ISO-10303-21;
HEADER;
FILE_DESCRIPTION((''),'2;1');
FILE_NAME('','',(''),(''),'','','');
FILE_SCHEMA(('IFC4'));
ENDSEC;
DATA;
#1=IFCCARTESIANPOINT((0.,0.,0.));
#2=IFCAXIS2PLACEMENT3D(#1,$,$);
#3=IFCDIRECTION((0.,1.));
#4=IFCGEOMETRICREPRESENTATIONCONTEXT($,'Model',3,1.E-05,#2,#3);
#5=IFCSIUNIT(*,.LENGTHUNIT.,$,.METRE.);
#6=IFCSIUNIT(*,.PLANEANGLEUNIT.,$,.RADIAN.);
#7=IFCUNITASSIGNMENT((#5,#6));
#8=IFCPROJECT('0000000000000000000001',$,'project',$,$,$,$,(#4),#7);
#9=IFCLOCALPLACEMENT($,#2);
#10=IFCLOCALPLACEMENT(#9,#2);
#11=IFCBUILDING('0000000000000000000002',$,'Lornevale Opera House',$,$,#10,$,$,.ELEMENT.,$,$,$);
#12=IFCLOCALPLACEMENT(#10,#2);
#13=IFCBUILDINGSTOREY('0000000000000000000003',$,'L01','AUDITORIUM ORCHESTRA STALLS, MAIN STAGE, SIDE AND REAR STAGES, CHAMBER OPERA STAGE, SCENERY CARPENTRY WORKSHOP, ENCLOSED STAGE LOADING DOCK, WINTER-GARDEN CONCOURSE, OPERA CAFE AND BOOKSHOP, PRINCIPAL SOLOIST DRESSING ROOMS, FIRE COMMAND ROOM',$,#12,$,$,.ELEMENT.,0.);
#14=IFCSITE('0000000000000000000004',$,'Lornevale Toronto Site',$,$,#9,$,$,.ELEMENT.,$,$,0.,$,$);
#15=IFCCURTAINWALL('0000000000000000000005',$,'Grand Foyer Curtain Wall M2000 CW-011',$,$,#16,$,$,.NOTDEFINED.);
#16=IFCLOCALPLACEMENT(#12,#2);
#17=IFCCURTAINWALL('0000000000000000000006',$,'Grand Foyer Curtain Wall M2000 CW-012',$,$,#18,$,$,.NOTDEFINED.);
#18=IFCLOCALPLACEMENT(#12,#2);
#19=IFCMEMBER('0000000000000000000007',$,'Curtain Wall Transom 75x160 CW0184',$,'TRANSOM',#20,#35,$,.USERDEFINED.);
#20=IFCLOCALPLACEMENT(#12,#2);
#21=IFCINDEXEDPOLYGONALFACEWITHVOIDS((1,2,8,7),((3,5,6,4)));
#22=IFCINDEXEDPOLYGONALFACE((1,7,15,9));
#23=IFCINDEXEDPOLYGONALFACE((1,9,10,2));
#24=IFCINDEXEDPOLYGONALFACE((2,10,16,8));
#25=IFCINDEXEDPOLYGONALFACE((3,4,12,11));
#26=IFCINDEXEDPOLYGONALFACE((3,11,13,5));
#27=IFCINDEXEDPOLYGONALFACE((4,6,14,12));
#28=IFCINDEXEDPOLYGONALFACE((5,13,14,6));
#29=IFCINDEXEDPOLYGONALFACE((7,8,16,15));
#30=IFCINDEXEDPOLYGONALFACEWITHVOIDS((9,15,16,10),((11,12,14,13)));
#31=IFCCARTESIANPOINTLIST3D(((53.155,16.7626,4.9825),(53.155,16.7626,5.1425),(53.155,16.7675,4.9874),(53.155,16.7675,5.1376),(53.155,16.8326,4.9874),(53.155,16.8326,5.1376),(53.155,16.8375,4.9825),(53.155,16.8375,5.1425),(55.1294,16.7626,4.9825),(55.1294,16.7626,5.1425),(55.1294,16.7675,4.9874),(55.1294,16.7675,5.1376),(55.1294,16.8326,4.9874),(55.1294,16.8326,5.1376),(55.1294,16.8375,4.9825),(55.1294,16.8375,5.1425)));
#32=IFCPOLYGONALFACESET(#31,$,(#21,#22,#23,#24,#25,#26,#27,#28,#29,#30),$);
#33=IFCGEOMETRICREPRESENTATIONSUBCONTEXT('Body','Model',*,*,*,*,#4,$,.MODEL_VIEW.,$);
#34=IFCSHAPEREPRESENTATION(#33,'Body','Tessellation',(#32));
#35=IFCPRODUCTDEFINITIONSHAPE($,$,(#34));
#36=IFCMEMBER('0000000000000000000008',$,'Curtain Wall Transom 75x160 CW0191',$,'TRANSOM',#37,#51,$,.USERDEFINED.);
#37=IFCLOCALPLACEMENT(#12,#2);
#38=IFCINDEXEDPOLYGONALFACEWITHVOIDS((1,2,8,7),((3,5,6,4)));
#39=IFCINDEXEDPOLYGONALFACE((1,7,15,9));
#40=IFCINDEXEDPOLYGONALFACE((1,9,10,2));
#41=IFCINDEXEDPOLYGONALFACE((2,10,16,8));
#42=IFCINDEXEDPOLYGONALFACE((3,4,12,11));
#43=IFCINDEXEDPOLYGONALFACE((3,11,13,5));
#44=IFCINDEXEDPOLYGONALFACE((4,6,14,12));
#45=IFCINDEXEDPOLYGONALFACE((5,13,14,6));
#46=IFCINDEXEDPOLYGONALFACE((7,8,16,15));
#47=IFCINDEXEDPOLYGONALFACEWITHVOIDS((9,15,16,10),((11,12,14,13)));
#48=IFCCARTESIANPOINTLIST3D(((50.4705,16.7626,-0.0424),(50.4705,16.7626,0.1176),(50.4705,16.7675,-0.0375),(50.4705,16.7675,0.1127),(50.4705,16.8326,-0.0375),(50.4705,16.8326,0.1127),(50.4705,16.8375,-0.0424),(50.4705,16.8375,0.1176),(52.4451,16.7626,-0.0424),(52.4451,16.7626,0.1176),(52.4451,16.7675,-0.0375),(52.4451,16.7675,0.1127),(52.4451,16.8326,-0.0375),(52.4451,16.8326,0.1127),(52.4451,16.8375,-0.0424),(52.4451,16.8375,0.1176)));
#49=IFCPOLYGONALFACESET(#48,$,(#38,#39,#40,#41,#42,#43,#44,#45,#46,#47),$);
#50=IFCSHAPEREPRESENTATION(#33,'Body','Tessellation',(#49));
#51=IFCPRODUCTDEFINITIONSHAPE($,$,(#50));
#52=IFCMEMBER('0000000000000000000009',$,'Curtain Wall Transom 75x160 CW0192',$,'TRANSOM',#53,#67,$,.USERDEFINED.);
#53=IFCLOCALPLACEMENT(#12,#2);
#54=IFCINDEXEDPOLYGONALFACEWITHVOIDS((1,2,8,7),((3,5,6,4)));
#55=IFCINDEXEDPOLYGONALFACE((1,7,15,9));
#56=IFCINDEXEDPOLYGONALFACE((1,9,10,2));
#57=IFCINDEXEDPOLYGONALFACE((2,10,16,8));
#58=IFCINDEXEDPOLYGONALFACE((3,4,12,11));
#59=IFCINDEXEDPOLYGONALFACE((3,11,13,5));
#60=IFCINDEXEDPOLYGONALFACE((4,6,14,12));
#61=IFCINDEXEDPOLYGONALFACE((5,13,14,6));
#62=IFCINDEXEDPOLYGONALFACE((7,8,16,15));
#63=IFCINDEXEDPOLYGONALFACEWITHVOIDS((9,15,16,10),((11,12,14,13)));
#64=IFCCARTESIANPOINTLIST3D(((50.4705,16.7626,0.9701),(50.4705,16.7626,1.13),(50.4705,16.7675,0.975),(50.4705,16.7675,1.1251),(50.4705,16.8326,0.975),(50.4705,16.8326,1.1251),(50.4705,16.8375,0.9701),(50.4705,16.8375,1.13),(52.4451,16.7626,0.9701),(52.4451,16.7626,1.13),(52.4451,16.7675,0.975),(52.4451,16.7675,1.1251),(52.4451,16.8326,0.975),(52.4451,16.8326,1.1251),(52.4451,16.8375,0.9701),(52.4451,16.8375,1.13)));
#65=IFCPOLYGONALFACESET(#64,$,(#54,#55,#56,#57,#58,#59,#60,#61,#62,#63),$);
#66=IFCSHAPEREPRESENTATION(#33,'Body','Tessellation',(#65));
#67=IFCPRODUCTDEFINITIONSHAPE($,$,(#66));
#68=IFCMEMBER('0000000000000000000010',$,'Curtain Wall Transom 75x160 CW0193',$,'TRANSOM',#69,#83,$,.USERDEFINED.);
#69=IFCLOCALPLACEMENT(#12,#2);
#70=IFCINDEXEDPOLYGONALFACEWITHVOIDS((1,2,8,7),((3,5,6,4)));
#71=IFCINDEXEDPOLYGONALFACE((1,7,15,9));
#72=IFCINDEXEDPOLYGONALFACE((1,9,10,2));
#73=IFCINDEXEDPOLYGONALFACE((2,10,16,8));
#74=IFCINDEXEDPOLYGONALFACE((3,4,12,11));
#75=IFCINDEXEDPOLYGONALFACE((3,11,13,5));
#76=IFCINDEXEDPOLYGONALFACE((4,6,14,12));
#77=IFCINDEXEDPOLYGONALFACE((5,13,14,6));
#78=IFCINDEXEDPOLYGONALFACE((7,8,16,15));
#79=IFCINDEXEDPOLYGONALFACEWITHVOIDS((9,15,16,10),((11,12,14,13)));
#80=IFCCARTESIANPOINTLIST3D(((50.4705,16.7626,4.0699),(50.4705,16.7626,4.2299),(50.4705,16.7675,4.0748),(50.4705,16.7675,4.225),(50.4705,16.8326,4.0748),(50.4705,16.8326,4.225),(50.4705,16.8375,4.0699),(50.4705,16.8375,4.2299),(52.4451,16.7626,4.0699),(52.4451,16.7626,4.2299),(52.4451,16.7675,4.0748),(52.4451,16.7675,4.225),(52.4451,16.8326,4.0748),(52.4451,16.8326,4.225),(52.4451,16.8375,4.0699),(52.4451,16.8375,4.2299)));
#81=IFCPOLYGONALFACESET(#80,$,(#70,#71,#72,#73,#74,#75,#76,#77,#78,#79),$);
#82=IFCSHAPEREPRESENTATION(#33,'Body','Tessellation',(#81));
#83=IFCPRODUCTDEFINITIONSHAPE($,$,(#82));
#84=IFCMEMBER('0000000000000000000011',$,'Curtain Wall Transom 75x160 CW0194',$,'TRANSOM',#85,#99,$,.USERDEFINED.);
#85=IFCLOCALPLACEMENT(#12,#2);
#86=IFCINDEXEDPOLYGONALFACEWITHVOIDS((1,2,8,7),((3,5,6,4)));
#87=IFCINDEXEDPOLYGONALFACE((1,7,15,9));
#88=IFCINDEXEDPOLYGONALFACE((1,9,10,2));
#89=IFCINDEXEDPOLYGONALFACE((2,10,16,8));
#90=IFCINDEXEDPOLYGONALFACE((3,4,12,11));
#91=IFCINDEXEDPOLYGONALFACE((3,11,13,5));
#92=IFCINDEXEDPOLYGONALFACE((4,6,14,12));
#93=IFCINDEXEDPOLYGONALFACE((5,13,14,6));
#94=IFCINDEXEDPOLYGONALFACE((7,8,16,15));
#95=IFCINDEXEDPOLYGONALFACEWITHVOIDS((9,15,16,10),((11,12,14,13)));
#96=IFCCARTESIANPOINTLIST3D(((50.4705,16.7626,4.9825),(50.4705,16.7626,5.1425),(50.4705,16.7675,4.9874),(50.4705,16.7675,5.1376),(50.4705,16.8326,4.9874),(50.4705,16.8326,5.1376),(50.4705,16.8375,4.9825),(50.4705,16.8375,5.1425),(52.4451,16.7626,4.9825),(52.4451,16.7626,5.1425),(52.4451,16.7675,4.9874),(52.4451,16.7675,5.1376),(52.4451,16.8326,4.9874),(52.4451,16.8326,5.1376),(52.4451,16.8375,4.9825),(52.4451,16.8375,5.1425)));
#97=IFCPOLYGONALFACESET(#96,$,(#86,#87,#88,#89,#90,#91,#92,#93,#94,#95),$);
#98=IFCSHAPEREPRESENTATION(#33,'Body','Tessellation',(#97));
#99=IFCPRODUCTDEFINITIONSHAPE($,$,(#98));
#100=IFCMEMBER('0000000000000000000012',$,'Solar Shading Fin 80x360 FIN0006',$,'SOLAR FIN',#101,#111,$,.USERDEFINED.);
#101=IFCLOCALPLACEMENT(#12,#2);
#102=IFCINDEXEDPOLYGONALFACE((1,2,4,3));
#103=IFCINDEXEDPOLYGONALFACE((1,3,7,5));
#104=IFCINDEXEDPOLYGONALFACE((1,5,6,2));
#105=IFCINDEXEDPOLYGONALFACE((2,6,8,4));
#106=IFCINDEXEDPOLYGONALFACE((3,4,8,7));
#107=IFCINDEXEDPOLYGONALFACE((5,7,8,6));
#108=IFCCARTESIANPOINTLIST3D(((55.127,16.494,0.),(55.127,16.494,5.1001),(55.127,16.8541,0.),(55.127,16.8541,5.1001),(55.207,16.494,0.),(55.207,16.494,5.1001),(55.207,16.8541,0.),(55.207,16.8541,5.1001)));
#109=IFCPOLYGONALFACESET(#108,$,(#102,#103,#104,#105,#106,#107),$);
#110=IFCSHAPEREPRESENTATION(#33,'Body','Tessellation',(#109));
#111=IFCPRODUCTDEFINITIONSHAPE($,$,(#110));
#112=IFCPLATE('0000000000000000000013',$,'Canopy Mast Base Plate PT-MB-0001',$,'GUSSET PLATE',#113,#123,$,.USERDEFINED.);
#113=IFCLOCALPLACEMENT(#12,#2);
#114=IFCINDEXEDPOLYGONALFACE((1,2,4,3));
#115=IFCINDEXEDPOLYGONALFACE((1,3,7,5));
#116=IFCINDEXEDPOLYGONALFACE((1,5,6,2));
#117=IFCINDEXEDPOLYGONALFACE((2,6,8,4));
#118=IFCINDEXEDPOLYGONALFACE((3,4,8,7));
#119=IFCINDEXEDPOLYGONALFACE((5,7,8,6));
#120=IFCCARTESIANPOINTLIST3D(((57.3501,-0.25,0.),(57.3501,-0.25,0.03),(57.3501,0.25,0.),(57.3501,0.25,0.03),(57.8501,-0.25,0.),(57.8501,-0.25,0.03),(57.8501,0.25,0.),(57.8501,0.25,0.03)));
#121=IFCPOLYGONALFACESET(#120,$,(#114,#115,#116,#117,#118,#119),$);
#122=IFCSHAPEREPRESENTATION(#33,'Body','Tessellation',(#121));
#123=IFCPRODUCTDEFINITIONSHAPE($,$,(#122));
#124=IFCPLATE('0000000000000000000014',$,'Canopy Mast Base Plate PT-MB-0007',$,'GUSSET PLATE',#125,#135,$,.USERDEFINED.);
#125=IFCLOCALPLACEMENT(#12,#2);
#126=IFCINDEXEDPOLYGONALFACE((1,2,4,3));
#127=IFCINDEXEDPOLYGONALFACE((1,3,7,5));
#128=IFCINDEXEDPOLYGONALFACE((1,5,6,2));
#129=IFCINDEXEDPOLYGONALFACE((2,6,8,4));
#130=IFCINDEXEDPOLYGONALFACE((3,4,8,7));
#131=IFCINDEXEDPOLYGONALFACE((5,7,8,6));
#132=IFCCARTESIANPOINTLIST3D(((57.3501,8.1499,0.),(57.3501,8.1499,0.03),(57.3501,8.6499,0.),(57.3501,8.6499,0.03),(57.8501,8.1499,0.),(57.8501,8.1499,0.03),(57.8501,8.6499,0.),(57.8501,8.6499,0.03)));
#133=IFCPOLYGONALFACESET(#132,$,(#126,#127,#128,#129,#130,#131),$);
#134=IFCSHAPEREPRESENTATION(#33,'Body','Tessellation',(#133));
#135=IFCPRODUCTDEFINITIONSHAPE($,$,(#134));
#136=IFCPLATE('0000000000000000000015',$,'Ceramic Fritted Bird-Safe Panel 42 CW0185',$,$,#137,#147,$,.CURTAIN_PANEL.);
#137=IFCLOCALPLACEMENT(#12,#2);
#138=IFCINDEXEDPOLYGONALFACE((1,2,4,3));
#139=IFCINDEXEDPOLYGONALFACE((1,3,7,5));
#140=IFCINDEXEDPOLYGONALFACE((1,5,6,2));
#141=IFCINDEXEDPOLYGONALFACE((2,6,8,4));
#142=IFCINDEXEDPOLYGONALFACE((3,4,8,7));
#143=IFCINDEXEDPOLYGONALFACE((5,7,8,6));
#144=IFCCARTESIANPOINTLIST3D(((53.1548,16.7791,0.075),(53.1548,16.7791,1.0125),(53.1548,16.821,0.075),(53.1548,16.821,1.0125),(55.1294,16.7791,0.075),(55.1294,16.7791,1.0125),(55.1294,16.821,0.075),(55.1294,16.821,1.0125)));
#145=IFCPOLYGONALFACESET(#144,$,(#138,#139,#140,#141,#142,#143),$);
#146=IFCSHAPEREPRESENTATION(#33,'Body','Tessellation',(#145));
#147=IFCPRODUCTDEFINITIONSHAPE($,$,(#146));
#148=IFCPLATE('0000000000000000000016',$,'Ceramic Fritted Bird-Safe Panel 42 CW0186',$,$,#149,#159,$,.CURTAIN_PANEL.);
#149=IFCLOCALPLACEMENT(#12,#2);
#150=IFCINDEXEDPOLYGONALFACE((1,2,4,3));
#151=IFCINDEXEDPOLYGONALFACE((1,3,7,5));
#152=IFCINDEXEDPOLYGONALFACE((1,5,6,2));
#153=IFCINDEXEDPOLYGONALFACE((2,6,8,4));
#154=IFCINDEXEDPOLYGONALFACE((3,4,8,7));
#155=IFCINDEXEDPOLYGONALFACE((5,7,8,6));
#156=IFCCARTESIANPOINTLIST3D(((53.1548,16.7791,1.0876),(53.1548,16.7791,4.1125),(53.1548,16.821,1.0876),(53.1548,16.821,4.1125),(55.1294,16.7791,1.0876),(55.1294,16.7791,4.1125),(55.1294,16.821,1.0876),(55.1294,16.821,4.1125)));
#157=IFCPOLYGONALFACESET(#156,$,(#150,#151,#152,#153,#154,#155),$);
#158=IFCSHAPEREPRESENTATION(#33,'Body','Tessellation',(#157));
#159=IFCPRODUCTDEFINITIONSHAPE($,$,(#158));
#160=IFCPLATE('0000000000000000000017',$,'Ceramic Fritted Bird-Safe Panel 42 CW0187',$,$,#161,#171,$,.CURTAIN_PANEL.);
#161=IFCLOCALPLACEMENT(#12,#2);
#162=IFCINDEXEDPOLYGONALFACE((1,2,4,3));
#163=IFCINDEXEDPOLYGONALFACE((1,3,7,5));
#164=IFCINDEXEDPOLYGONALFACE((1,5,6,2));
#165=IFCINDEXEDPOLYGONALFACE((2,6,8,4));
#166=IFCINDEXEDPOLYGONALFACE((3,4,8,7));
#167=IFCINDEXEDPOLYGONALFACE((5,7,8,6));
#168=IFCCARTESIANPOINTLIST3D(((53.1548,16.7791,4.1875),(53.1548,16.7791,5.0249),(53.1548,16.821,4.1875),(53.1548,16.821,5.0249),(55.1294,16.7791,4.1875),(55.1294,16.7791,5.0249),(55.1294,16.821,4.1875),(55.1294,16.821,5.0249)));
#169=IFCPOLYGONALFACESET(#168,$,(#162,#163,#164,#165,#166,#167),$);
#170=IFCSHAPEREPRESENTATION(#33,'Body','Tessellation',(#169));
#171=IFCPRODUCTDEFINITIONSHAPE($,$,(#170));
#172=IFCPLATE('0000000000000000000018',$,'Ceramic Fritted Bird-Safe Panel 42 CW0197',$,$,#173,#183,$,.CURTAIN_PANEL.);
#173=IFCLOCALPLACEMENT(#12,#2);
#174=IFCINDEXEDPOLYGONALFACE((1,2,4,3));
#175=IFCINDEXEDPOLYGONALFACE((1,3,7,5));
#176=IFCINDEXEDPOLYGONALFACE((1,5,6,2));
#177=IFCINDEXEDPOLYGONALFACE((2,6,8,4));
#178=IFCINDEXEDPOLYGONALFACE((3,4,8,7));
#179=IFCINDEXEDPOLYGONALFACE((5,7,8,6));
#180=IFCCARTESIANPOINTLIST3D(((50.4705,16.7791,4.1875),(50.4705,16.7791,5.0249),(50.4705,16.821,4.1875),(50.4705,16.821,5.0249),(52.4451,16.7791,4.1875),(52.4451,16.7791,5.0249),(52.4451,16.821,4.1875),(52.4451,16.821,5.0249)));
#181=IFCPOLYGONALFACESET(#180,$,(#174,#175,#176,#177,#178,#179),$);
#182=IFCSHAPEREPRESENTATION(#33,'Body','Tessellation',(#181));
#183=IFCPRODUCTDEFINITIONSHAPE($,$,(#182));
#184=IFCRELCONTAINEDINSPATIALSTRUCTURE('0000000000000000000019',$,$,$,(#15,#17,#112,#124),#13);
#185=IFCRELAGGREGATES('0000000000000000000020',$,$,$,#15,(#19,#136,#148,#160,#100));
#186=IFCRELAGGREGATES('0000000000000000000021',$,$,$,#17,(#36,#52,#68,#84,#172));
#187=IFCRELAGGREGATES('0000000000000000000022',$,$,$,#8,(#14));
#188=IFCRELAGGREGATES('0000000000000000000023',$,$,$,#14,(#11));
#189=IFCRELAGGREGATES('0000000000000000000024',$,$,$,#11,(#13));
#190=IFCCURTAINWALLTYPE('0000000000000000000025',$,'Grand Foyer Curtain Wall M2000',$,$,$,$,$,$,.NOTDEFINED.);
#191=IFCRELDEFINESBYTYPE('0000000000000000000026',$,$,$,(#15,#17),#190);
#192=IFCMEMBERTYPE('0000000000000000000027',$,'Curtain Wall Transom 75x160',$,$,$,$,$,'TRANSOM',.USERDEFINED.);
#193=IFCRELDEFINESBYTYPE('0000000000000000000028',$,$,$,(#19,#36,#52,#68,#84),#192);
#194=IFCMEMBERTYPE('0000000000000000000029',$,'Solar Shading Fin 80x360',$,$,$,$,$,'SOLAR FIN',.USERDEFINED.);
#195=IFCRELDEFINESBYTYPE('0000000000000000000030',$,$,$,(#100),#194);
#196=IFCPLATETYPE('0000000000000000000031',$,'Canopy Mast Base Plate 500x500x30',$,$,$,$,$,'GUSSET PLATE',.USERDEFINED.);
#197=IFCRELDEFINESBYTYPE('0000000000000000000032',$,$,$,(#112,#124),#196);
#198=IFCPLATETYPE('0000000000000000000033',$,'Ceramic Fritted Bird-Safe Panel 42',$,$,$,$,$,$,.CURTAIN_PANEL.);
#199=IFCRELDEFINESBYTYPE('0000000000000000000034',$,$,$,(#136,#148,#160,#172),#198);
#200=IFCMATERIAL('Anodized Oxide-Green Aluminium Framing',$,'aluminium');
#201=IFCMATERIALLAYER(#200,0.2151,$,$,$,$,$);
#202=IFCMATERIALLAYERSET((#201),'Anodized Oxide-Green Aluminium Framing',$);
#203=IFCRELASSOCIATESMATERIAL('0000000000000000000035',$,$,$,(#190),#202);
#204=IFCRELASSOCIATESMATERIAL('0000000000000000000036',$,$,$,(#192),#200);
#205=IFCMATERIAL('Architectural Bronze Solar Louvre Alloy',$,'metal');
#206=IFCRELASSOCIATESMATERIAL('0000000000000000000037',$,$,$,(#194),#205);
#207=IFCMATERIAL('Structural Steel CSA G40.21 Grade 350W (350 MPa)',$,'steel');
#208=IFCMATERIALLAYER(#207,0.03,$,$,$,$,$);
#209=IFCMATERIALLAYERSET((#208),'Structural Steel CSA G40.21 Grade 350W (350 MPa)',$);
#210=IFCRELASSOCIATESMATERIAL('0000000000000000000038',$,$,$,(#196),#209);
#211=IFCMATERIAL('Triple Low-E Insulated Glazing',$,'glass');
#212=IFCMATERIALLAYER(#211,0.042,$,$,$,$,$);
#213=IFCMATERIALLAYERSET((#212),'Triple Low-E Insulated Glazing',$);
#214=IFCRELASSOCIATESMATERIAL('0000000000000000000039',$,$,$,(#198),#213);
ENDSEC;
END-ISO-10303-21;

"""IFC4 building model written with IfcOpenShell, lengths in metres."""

from ifc_helpers import new_model, si_unit, direction, frame, origin, origin_2d, place, context, subcontext, project, spatial, rectangle, hollow_rectangle, extrude, material, layer, layer_set, material_profile, profile_set, type_object, element, aggregate, save


model = new_model("IFC4")

# Units and contexts
model_context = context("Model", 3, precision=1e-05, world=origin(), true_north=direction((0.0, 1.0)))
body_context = subcontext(model_context, "Body", "Model", "MODEL_VIEW")
ifc_project = project(units=[si_unit("LENGTHUNIT", "METRE"), si_unit("PLANEANGLEUNIT", "RADIAN")], contexts=[model_context])

# Site, building, storey
site_placement = place(None, origin())
site = spatial("IfcSite", under=ifc_project, at=site_placement, Name="Lornevale Toronto Site", CompositionType="ELEMENT", RefElevation=0.0)
building_placement = place(site_placement, origin())
building = spatial("IfcBuilding", under=site, at=building_placement, Name="Lornevale Opera House", CompositionType="ELEMENT")
storey_placement = place(building_placement, origin())
storey = spatial("IfcBuildingStorey", under=building, at=storey_placement, Name="L01", Description="AUDITORIUM ORCHESTRA STALLS, MAIN STAGE, SIDE AND REAR STAGES, CHAMBER OPERA STAGE, SCENERY CARPENTRY WORKSHOP, ENCLOSED STAGE LOADING DOCK, WINTER-GARDEN CONCOURSE, OPERA CAFE AND BOOKSHOP, PRINCIPAL SOLOIST DRESSING ROOMS, FIRE COMMAND ROOM", CompositionType="ELEMENT", Elevation=0.0)

# Shared definitions
ifc_material_1 = material(Name="Structural Steel CSA G40.21 Grade 350W (350 MPa)", Category="steel")

# Curtain walls
ifc_material_2 = material(Name="Anodized Oxide-Green Aluminium Framing", Category="aluminium")
ifc_layer_1 = layer(ifc_material_2, 0.2151)
ifc_layer_set_1 = layer_set([ifc_layer_1], Name="Anodized Oxide-Green Aluminium Framing")
curtain_wall_type = type_object("IfcCurtainWallType", Name="Grand Foyer Curtain Wall M2000", PredefinedType="NOTDEFINED", material=ifc_layer_set_1)
curtain_wall_1_placement = place(storey_placement, origin())
curtain_wall_1 = element("IfcCurtainWall", 1, at=curtain_wall_1_placement, inside=storey, type_object=curtain_wall_type, Name="Grand Foyer Curtain Wall M2000 CW-011", PredefinedType="NOTDEFINED")
curtain_wall_2_placement = place(storey_placement, origin())
curtain_wall_2 = element("IfcCurtainWall", 2, at=curtain_wall_2_placement, inside=storey, type_object=curtain_wall_type, Name="Grand Foyer Curtain Wall M2000 CW-012", PredefinedType="NOTDEFINED")

# Members
ifc_material_profile_1 = material_profile(ifc_material_2, hollow_rectangle(XDim=0.075, YDim=0.1599, WallThickness=0.0049, at=origin_2d()), Name="ALU75x160x5")
ifc_profile_set_1 = profile_set([ifc_material_profile_1], Name="Anodized Oxide-Green Aluminium Framing")
member_type_1 = type_object("IfcMemberType", Name="Curtain Wall Transom 75x160", ElementType="TRANSOM", PredefinedType="USERDEFINED", material=ifc_profile_set_1)
member_1_placement = place(storey_placement, frame((55.1294, 16.8, 5.0625), z_axis=(-1.0, 0.0, 0.0), x_axis=(0.0, -1.0, 0.0)))
member_1 = element("IfcMember", 3, at=member_1_placement, type_object=member_type_1, Name="Curtain Wall Transom 75x160 CW0184", ObjectType="TRANSOM", PredefinedType="USERDEFINED", context=body_context, shape_type="SweptSolid", body=[
    extrude(hollow_rectangle(XDim=0.075, YDim=0.1599, WallThickness=0.0049, at=origin_2d()), origin(), (0.0, 0.0, 1.0), 1.9744),
])
member_2_placement = place(storey_placement, frame((52.4451, 16.8, 0.0376), z_axis=(-1.0, 0.0, 0.0), x_axis=(0.0, -1.0, 0.0)))
member_2 = element("IfcMember", 4, at=member_2_placement, type_object=member_type_1, Name="Curtain Wall Transom 75x160 CW0191", ObjectType="TRANSOM", PredefinedType="USERDEFINED", context=body_context, shape_type="SweptSolid", body=[
    extrude(hollow_rectangle(XDim=0.075, YDim=0.1599, WallThickness=0.0049, at=origin_2d()), origin(), (0.0, 0.0, 1.0), 1.9746),
])
member_3_placement = place(storey_placement, frame((52.4451, 16.8, 1.05), z_axis=(-1.0, 0.0, 0.0), x_axis=(0.0, -1.0, 0.0)))
member_3 = element("IfcMember", 5, at=member_3_placement, type_object=member_type_1, Name="Curtain Wall Transom 75x160 CW0192", ObjectType="TRANSOM", PredefinedType="USERDEFINED", context=body_context, shape_type="SweptSolid", body=[
    extrude(hollow_rectangle(XDim=0.075, YDim=0.1599, WallThickness=0.0049, at=origin_2d()), origin(), (0.0, 0.0, 1.0), 1.9746),
])
member_4_placement = place(storey_placement, frame((52.4451, 16.8, 4.1499), z_axis=(-1.0, 0.0, 0.0), x_axis=(0.0, -1.0, 0.0)))
member_4 = element("IfcMember", 6, at=member_4_placement, type_object=member_type_1, Name="Curtain Wall Transom 75x160 CW0193", ObjectType="TRANSOM", PredefinedType="USERDEFINED", context=body_context, shape_type="SweptSolid", body=[
    extrude(hollow_rectangle(XDim=0.075, YDim=0.1599, WallThickness=0.0049, at=origin_2d()), origin(), (0.0, 0.0, 1.0), 1.9746),
])
member_5_placement = place(storey_placement, frame((52.4451, 16.8, 5.0625), z_axis=(-1.0, 0.0, 0.0), x_axis=(0.0, -1.0, 0.0)))
member_5 = element("IfcMember", 7, at=member_5_placement, type_object=member_type_1, Name="Curtain Wall Transom 75x160 CW0194", ObjectType="TRANSOM", PredefinedType="USERDEFINED", context=body_context, shape_type="SweptSolid", body=[
    extrude(hollow_rectangle(XDim=0.075, YDim=0.1599, WallThickness=0.0049, at=origin_2d()), origin(), (0.0, 0.0, 1.0), 1.9746),
])
ifc_material_3 = material(Name="Architectural Bronze Solar Louvre Alloy", Category="metal")
ifc_material_profile_2 = material_profile(ifc_material_3, rectangle(XDim=0.0801, YDim=0.3601, at=origin_2d()), Name="FIN80x360")
ifc_profile_set_2 = profile_set([ifc_material_profile_2], Name="Architectural Bronze Solar Louvre Alloy")
member_type_2 = type_object("IfcMemberType", Name="Solar Shading Fin 80x360", ElementType="SOLAR FIN", PredefinedType="USERDEFINED", material=ifc_profile_set_2)
member_6_placement = place(storey_placement, frame((55.167, 16.6741, 0.0), z_axis=(0.0, 0.0, 1.0), x_axis=(-1.0, 0.0, 0.0)))
member_6 = element("IfcMember", 8, at=member_6_placement, type_object=member_type_2, Name="Solar Shading Fin 80x360 FIN0006", ObjectType="SOLAR FIN", PredefinedType="USERDEFINED", context=body_context, shape_type="SweptSolid", body=[
    extrude(rectangle(XDim=0.0801, YDim=0.3601, at=origin_2d()), origin(), (0.0, 0.0, 1.0), 5.1001),
])

# Plates
ifc_layer_2 = layer(ifc_material_1, 0.03)
ifc_layer_set_2 = layer_set([ifc_layer_2], Name="Structural Steel CSA G40.21 Grade 350W (350 MPa)")
plate_type_1 = type_object("IfcPlateType", Name="Canopy Mast Base Plate 500x500x30", ElementType="GUSSET PLATE", PredefinedType="USERDEFINED", material=ifc_layer_set_2)
for number, where, z_axis, x_axis, name in (
    (9, (57.6001, 0.0, 0.0), (0.0, 0.0, 1.0), (1.0, 0.0, 0.0), "Canopy Mast Base Plate PT-MB-0001"),
    (10, (57.6001, 8.3999, 0.0), (0.0, 0.0, 1.0), (1.0, 0.0, 0.0), "Canopy Mast Base Plate PT-MB-0007"),
):
    element("IfcPlate", number, at=place(storey_placement, frame(where, z_axis=z_axis, x_axis=x_axis)), inside=storey, type_object=plate_type_1, Name=name, ObjectType="GUSSET PLATE", PredefinedType="USERDEFINED", context=body_context, shape_type="SweptSolid", body=[
        extrude(rectangle(XDim=0.5, YDim=0.5, at=origin_2d()), origin(), (0.0, 0.0, 1.0), 0.03),
    ])

# Plates
ifc_material_4 = material(Name="Triple Low-E Insulated Glazing", Category="glass")
ifc_layer_3 = layer(ifc_material_4, 0.042)
ifc_layer_set_3 = layer_set([ifc_layer_3], Name="Triple Low-E Insulated Glazing")
plate_type_2 = type_object("IfcPlateType", Name="Ceramic Fritted Bird-Safe Panel 42", PredefinedType="CURTAIN_PANEL", material=ifc_layer_set_3)
plate_1_placement = place(storey_placement, frame((54.1421, 16.8, 0.075), z_axis=(0.0, 0.0, 1.0), x_axis=(-1.0, 0.0, 0.0)))
plate_1 = element("IfcPlate", 11, at=plate_1_placement, type_object=plate_type_2, Name="Ceramic Fritted Bird-Safe Panel 42 CW0185", PredefinedType="CURTAIN_PANEL", context=body_context, shape_type="SweptSolid", body=[
    extrude(rectangle(XDim=1.9746, YDim=0.042, at=origin_2d()), origin(), (0.0, 0.0, 1.0), 0.9375),
])
plate_2_placement = place(storey_placement, frame((54.1421, 16.8, 1.0876), z_axis=(0.0, 0.0, 1.0), x_axis=(-1.0, 0.0, 0.0)))
plate_2 = element("IfcPlate", 12, at=plate_2_placement, type_object=plate_type_2, Name="Ceramic Fritted Bird-Safe Panel 42 CW0186", PredefinedType="CURTAIN_PANEL", context=body_context, shape_type="SweptSolid", body=[
    extrude(rectangle(XDim=1.9746, YDim=0.042, at=origin_2d()), origin(), (0.0, 0.0, 1.0), 3.0249),
])
plate_3_placement = place(storey_placement, frame((54.1421, 16.8, 4.1875), z_axis=(0.0, 0.0, 1.0), x_axis=(-1.0, 0.0, 0.0)))
plate_3 = element("IfcPlate", 13, at=plate_3_placement, type_object=plate_type_2, Name="Ceramic Fritted Bird-Safe Panel 42 CW0187", PredefinedType="CURTAIN_PANEL", context=body_context, shape_type="SweptSolid", body=[
    extrude(rectangle(XDim=1.9746, YDim=0.042, at=origin_2d()), origin(), (0.0, 0.0, 1.0), 0.8374),
])
aggregate(curtain_wall_1, [member_1, plate_1, plate_2, plate_3, member_6])
plate_4_placement = place(storey_placement, frame((51.4578, 16.8, 4.1875), z_axis=(0.0, 0.0, 1.0), x_axis=(-1.0, 0.0, 0.0)))
plate_4 = element("IfcPlate", 14, at=plate_4_placement, type_object=plate_type_2, Name="Ceramic Fritted Bird-Safe Panel 42 CW0197", PredefinedType="CURTAIN_PANEL", context=body_context, shape_type="SweptSolid", body=[
    extrude(rectangle(XDim=1.9746, YDim=0.042, at=origin_2d()), origin(), (0.0, 0.0, 1.0), 0.8374),
])
aggregate(curtain_wall_2, [member_2, member_3, member_4, member_5, plate_4])

save(model, "model.ifc")
